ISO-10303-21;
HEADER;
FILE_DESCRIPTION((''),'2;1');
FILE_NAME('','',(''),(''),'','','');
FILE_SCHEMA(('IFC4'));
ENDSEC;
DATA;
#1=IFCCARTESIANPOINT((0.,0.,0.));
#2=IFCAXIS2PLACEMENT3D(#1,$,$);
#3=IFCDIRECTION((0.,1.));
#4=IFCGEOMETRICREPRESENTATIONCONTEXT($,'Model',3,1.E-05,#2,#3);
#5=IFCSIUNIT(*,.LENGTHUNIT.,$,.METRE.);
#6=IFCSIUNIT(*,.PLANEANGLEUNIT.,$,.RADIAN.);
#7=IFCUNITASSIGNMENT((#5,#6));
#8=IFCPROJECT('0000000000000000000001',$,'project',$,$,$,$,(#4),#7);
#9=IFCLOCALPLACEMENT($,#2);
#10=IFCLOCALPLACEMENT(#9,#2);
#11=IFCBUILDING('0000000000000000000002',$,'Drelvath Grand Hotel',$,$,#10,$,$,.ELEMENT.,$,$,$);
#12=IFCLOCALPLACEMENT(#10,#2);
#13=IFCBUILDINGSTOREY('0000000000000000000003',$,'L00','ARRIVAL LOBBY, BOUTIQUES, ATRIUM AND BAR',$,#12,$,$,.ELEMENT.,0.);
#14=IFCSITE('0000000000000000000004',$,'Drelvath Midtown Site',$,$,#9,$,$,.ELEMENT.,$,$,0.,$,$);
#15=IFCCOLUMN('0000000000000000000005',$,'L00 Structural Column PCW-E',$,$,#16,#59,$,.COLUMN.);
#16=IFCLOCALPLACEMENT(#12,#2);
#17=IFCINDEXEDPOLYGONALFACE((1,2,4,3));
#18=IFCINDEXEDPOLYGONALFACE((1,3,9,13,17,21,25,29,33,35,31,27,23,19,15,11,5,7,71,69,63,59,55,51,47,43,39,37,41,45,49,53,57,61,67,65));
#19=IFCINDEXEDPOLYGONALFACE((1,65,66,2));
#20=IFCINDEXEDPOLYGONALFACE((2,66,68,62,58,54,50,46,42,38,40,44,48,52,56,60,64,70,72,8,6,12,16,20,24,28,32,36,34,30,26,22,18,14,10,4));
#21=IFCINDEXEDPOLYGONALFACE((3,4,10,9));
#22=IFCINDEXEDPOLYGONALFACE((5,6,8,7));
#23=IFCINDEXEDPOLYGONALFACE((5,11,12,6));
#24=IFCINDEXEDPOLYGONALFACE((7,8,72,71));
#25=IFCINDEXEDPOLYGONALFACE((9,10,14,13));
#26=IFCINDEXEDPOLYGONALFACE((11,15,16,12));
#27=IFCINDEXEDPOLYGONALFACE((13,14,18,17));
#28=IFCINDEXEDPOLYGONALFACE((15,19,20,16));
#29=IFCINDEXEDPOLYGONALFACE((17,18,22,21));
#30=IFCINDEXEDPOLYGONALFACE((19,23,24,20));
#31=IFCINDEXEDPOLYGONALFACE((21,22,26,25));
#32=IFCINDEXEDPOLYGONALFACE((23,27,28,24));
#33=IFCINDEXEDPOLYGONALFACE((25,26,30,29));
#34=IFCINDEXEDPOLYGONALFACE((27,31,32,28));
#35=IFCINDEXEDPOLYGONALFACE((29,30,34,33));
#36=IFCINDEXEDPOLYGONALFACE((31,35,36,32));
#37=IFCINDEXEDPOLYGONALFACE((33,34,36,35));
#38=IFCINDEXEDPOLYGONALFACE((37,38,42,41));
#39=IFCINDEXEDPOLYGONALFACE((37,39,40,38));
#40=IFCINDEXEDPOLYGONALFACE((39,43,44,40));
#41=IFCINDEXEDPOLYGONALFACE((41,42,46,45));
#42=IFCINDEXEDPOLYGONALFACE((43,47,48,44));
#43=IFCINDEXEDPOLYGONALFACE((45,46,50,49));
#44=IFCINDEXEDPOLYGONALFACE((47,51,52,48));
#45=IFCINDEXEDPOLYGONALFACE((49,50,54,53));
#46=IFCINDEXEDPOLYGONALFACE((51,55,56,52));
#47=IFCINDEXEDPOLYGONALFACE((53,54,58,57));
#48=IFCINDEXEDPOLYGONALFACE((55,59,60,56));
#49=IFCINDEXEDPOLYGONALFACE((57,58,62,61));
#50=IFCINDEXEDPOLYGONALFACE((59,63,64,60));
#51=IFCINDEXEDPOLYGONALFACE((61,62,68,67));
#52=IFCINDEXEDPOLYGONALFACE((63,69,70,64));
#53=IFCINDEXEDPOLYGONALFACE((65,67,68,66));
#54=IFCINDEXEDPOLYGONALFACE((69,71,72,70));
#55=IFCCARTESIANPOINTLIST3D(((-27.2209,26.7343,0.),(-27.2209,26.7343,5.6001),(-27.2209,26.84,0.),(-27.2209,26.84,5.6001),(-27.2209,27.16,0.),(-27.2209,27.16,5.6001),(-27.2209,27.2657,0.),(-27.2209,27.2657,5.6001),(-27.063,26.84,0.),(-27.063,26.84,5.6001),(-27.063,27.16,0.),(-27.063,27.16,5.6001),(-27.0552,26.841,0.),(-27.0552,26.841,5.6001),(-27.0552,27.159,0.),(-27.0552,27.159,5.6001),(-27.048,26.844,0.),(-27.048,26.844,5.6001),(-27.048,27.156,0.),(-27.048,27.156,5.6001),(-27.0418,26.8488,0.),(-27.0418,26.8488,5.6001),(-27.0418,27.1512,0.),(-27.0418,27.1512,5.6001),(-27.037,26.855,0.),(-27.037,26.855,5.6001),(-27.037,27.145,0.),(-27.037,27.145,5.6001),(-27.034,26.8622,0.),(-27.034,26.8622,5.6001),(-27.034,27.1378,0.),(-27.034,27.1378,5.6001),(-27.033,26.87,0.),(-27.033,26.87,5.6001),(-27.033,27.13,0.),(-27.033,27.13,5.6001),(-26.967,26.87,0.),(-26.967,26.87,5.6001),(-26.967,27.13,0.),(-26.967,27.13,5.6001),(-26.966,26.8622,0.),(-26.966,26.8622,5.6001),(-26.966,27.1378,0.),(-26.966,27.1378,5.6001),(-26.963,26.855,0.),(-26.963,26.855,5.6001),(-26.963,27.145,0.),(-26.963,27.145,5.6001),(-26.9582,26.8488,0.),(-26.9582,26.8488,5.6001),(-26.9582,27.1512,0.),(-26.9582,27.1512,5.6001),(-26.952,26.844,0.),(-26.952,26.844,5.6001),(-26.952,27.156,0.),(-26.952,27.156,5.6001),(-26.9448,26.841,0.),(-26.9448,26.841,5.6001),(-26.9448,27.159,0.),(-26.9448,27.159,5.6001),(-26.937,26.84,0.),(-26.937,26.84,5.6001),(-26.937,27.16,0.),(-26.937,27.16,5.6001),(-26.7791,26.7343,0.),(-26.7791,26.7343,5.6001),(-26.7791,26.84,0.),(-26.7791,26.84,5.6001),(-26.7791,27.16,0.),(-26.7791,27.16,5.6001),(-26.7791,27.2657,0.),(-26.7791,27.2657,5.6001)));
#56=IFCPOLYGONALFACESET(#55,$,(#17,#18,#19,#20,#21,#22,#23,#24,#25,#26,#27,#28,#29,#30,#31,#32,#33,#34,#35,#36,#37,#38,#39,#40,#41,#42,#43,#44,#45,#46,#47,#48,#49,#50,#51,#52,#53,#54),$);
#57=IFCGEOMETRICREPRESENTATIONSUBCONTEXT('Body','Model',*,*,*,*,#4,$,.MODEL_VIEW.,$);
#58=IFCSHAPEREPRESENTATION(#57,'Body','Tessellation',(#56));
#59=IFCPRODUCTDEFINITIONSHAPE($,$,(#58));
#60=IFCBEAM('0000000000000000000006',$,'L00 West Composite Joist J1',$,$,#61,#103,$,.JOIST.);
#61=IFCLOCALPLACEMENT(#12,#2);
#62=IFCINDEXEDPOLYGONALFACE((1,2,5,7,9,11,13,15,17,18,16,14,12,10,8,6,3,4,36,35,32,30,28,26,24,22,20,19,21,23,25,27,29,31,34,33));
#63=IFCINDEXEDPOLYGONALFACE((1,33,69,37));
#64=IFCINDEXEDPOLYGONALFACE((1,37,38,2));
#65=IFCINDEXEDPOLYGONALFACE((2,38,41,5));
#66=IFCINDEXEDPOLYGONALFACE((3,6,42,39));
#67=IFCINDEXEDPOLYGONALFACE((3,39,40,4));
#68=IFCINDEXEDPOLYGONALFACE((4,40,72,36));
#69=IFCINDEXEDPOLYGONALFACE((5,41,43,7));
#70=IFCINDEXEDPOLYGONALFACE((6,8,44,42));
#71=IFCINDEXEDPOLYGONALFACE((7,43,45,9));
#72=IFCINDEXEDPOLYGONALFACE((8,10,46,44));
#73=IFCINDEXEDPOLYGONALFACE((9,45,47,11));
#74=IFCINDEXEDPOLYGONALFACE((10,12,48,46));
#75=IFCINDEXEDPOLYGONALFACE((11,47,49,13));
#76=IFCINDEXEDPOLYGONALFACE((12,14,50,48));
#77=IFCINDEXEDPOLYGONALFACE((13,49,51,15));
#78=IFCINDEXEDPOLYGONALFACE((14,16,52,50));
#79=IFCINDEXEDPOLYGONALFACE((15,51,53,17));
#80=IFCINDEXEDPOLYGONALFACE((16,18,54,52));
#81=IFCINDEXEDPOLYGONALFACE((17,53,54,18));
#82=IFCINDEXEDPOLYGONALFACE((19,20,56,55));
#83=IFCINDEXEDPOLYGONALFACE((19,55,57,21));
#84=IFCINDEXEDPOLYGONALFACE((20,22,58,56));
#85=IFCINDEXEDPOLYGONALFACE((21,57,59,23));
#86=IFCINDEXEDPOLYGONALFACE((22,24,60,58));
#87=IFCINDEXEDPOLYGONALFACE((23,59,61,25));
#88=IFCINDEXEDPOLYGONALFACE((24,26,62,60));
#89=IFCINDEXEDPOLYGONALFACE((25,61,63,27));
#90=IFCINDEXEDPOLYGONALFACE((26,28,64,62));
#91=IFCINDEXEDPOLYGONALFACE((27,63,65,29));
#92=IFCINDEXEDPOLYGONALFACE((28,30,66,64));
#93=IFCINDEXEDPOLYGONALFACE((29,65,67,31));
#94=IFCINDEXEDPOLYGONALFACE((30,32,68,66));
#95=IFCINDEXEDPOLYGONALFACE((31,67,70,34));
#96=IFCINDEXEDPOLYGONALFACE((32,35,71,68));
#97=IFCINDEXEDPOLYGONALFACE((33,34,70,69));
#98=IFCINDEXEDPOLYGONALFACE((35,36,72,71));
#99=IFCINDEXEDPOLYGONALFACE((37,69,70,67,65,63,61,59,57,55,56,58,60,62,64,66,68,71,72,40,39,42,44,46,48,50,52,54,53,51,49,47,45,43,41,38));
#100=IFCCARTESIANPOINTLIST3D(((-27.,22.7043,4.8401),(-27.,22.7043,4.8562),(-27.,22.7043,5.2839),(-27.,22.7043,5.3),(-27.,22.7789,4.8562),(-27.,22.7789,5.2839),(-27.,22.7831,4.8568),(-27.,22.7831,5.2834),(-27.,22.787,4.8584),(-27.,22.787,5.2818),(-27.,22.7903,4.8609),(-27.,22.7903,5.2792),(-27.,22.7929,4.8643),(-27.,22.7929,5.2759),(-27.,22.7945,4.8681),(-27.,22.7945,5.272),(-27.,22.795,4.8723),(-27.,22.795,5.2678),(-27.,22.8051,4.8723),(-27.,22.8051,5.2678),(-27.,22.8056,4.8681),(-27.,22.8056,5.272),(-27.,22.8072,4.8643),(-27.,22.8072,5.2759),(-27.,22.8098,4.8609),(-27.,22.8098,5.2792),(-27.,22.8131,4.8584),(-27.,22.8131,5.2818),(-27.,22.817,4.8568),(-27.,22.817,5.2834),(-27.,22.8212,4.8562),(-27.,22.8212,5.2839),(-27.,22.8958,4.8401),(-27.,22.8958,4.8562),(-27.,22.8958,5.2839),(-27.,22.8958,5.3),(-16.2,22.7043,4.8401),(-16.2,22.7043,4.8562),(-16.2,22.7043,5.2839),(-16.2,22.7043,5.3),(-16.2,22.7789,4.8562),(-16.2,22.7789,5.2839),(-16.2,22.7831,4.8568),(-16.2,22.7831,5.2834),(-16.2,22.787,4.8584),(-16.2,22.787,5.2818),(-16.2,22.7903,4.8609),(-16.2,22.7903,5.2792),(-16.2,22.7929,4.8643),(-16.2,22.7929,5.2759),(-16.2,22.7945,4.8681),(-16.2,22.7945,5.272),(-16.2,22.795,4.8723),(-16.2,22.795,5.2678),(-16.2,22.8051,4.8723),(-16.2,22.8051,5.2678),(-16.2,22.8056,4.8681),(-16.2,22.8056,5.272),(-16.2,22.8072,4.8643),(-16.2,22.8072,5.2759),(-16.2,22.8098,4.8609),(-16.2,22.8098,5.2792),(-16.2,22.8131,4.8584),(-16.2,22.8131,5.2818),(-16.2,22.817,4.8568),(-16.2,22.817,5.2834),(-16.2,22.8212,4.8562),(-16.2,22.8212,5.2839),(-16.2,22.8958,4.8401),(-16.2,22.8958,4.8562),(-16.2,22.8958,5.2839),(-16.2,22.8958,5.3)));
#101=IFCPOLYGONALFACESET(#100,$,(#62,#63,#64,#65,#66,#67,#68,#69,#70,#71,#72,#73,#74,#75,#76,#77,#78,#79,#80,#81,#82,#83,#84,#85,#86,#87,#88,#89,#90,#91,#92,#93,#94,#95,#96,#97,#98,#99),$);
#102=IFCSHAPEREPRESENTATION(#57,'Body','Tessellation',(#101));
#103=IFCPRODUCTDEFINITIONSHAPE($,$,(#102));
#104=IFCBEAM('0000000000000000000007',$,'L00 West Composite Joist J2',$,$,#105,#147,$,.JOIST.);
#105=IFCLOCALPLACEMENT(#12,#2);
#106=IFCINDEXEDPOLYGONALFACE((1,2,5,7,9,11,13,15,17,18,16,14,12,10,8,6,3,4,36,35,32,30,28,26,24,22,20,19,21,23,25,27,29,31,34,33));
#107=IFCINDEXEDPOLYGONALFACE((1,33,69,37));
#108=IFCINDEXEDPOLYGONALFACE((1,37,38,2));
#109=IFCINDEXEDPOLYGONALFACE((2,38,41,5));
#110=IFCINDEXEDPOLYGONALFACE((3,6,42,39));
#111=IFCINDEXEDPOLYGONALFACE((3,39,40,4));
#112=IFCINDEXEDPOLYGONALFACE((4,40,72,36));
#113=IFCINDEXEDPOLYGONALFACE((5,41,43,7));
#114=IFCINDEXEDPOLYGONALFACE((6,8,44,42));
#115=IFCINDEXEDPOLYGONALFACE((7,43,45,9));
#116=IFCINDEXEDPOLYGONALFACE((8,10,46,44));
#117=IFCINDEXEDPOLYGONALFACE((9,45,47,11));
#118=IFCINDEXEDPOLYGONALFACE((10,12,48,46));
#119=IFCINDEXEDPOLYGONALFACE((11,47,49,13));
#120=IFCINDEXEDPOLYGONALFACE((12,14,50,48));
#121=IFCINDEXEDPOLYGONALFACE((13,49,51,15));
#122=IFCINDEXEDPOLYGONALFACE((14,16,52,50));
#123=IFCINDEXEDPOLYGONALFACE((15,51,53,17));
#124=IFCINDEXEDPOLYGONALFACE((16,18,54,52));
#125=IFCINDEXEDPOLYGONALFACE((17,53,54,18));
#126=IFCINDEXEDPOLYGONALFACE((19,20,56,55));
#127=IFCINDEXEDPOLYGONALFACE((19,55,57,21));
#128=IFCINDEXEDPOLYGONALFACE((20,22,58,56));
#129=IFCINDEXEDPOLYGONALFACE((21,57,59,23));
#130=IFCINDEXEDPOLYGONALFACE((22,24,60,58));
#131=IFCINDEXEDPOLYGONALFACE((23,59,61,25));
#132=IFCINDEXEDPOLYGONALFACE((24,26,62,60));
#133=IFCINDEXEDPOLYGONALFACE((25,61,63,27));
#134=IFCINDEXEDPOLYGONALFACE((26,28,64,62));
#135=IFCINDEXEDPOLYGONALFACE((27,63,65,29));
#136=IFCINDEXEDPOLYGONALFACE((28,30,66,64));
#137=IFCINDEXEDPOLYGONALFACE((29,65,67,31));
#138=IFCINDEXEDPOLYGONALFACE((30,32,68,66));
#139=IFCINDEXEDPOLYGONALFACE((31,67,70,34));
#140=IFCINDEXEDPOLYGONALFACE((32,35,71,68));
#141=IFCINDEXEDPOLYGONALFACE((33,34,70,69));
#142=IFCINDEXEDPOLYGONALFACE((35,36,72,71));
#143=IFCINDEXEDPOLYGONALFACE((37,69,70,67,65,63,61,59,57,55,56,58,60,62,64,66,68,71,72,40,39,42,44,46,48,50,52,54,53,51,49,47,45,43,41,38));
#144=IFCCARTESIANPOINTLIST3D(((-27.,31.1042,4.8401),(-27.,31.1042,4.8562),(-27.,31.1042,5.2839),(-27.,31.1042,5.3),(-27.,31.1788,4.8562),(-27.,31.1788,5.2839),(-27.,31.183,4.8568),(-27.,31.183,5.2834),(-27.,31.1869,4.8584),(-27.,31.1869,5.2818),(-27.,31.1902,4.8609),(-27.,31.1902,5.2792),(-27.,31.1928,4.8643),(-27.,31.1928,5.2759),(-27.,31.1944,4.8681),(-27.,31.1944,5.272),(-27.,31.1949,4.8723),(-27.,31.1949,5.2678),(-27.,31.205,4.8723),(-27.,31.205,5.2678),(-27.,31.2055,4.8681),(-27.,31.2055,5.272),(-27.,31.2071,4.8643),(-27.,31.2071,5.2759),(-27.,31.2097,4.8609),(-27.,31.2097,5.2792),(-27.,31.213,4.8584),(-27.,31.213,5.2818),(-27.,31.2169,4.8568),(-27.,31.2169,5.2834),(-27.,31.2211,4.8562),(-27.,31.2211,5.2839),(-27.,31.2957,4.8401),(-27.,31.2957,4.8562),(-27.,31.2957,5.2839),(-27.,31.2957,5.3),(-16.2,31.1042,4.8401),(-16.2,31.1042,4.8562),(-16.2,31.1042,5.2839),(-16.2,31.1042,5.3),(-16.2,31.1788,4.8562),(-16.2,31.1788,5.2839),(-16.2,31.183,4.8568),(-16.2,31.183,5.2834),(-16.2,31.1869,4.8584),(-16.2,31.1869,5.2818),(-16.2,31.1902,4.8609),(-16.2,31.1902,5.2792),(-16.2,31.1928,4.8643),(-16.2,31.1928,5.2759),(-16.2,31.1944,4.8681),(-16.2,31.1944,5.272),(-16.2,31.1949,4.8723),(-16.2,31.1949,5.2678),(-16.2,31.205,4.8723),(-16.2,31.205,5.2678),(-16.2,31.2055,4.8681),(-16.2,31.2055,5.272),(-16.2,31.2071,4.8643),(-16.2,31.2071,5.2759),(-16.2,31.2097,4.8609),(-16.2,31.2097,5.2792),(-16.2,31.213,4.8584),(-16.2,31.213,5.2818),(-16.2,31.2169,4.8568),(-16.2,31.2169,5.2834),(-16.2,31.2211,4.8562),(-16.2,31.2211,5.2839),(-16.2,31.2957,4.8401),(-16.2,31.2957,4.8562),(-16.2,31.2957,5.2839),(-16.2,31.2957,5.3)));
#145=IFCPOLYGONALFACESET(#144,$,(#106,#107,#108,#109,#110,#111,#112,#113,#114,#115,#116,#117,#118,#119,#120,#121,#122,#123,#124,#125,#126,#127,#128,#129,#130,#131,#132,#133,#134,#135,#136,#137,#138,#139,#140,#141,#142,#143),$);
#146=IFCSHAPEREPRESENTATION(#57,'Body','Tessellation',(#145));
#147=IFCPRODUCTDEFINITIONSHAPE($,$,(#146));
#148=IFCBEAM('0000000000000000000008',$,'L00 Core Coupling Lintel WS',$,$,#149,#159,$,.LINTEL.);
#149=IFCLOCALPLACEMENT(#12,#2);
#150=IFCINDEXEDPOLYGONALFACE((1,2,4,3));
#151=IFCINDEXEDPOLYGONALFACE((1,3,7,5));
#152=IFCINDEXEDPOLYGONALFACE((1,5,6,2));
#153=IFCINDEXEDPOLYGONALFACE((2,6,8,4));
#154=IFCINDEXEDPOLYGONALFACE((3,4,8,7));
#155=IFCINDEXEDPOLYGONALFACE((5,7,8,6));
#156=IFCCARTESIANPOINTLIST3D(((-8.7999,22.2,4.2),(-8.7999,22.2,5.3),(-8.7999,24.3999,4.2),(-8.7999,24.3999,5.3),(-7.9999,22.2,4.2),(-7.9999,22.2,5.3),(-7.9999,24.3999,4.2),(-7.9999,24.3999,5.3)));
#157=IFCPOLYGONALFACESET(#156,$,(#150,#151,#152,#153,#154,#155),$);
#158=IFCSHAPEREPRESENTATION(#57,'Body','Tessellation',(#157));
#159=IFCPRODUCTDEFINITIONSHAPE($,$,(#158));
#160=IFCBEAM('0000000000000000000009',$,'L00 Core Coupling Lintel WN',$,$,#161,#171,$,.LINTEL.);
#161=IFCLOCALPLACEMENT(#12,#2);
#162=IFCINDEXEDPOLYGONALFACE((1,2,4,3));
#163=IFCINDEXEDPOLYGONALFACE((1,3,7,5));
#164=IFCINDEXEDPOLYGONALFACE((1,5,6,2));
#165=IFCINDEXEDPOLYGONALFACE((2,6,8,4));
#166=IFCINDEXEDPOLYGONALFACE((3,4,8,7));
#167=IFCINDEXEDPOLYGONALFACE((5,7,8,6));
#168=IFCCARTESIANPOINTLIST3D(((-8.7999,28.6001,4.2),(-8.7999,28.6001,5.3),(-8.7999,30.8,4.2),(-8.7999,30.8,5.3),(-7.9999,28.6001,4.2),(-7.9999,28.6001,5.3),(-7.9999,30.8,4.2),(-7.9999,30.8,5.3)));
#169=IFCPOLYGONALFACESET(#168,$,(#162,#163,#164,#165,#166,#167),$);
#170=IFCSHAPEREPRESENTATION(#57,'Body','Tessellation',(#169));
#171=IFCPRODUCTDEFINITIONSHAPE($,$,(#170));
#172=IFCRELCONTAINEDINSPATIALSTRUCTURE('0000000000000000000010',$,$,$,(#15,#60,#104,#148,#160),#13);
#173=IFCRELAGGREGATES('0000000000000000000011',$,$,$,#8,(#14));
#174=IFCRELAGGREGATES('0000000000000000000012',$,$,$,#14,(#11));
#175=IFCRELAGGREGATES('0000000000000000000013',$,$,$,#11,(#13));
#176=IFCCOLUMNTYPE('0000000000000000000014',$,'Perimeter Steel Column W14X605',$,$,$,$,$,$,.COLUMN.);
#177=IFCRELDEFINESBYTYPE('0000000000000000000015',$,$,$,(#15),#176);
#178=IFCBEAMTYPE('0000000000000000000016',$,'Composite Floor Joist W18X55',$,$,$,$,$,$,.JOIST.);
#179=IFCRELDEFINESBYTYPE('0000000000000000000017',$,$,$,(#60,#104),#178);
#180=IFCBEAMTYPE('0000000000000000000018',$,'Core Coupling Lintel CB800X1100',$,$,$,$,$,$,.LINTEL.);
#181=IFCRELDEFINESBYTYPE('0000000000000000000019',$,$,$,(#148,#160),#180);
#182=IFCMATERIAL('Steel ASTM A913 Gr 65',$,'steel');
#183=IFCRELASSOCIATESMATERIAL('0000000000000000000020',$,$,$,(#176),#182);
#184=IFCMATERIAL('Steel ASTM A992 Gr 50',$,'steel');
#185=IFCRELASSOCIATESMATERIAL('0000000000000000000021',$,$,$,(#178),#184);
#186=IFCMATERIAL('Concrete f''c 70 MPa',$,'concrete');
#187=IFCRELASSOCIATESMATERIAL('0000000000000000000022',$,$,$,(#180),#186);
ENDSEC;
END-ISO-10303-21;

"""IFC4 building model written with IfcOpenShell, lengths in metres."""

from ifc_helpers import new_model, si_unit, direction, frame, origin, origin_2d, place, context, subcontext, project, spatial, rectangle, i_section, extrude, material, material_profile, profile_set, type_object, element, save


model = new_model("IFC4")

# Units and contexts
model_context = context("Model", 3, precision=1e-05, world=origin(), true_north=direction((0.0, 1.0)))
body_context = subcontext(model_context, "Body", "Model", "MODEL_VIEW")
ifc_project = project(units=[si_unit("LENGTHUNIT", "METRE"), si_unit("PLANEANGLEUNIT", "RADIAN")], contexts=[model_context])

# Site, building, storey
site_placement = place(None, origin())
site = spatial("IfcSite", under=ifc_project, at=site_placement, Name="Drelvath Midtown Site", CompositionType="ELEMENT", RefElevation=0.0)
building_placement = place(site_placement, origin())
building = spatial("IfcBuilding", under=site, at=building_placement, Name="Drelvath Grand Hotel", CompositionType="ELEMENT")
storey_placement = place(building_placement, origin())
storey = spatial("IfcBuildingStorey", under=building, at=storey_placement, Name="L00", Description="ARRIVAL LOBBY, BOUTIQUES, ATRIUM AND BAR", CompositionType="ELEMENT", Elevation=0.0)

# Column
ifc_material_1 = material(Name="Steel ASTM A913 Gr 65", Category="steel")
ifc_material_profile_1 = material_profile(ifc_material_1, i_section(OverallWidth=0.4419, OverallDepth=0.5315, WebThickness=0.0659, FlangeThickness=0.1057, FilletRadius=0.03, at=origin_2d()), Name="W14X605")
ifc_profile_set_1 = profile_set([ifc_material_profile_1], Name="Steel ASTM A913 Gr 65")
column_type = type_object("IfcColumnType", Name="Perimeter Steel Column W14X605", PredefinedType="COLUMN", material=ifc_profile_set_1)
column_placement = place(storey_placement, frame((-27.0, 27.0, 0.0), z_axis=(0.0, 0.0, 1.0), x_axis=(1.0, 0.0, 0.0)))
element("IfcColumn", 1, at=column_placement, inside=storey, type_object=column_type, Name="L00 Structural Column PCW-E", PredefinedType="COLUMN", context=body_context, shape_type="SweptSolid", body=[
    extrude(i_section(OverallWidth=0.4419, OverallDepth=0.5315, WebThickness=0.0659, FlangeThickness=0.1057, FilletRadius=0.03, at=origin_2d()), origin(), (0.0, 0.0, 1.0), 5.6001),
])

# Beams
ifc_material_2 = material(Name="Steel ASTM A992 Gr 50", Category="steel")
ifc_material_profile_2 = material_profile(ifc_material_2, i_section(OverallWidth=0.1914, OverallDepth=0.46, WebThickness=0.01, FlangeThickness=0.0161, FilletRadius=0.0161, at=origin_2d()), Name="W18X55")
ifc_profile_set_2 = profile_set([ifc_material_profile_2], Name="Steel ASTM A992 Gr 50")
beam_type_1 = type_object("IfcBeamType", Name="Composite Floor Joist W18X55", PredefinedType="JOIST", material=ifc_profile_set_2)
for number, where, z_axis, x_axis, name in (
    (2, (-27.0, 22.8, 5.0701), (1.0, 0.0, 0.0), (0.0, 1.0, 0.0), "L00 West Composite Joist J1"),
    (3, (-27.0, 31.2, 5.0701), (1.0, 0.0, 0.0), (0.0, 1.0, 0.0), "L00 West Composite Joist J2"),
):
    element("IfcBeam", number, at=place(storey_placement, frame(where, z_axis=z_axis, x_axis=x_axis)), inside=storey, type_object=beam_type_1, Name=name, PredefinedType="JOIST", context=body_context, shape_type="SweptSolid", body=[
        extrude(i_section(OverallWidth=0.1914, OverallDepth=0.46, WebThickness=0.01, FlangeThickness=0.0161, FilletRadius=0.0161, at=origin_2d()), origin(), (0.0, 0.0, 1.0), 10.8),
    ])
ifc_material_3 = material(Name="Concrete f'c 70 MPa", Category="concrete")
ifc_material_profile_3 = material_profile(ifc_material_3, rectangle(XDim=0.8, YDim=1.1001, at=origin_2d()), Name="CB800X1100")
ifc_profile_set_3 = profile_set([ifc_material_profile_3], Name="Concrete f'c 70 MPa")
beam_type_2 = type_object("IfcBeamType", Name="Core Coupling Lintel CB800X1100", PredefinedType="LINTEL", material=ifc_profile_set_3)
for number, where, z_axis, x_axis, name in (
    (4, (-8.3999, 22.2, 4.75), (0.0, 1.0, 0.0), (-1.0, 0.0, 0.0), "L00 Core Coupling Lintel WS"),
    (5, (-8.3999, 28.6001, 4.75), (0.0, 1.0, 0.0), (-1.0, 0.0, 0.0), "L00 Core Coupling Lintel WN"),
):
    element("IfcBeam", number, at=place(storey_placement, frame(where, z_axis=z_axis, x_axis=x_axis)), inside=storey, type_object=beam_type_2, Name=name, PredefinedType="LINTEL", context=body_context, shape_type="SweptSolid", body=[
        extrude(rectangle(XDim=0.8, YDim=1.1001, at=origin_2d()), origin(), (0.0, 0.0, 1.0), 2.2),
    ])

save(model, "model.ifc")
